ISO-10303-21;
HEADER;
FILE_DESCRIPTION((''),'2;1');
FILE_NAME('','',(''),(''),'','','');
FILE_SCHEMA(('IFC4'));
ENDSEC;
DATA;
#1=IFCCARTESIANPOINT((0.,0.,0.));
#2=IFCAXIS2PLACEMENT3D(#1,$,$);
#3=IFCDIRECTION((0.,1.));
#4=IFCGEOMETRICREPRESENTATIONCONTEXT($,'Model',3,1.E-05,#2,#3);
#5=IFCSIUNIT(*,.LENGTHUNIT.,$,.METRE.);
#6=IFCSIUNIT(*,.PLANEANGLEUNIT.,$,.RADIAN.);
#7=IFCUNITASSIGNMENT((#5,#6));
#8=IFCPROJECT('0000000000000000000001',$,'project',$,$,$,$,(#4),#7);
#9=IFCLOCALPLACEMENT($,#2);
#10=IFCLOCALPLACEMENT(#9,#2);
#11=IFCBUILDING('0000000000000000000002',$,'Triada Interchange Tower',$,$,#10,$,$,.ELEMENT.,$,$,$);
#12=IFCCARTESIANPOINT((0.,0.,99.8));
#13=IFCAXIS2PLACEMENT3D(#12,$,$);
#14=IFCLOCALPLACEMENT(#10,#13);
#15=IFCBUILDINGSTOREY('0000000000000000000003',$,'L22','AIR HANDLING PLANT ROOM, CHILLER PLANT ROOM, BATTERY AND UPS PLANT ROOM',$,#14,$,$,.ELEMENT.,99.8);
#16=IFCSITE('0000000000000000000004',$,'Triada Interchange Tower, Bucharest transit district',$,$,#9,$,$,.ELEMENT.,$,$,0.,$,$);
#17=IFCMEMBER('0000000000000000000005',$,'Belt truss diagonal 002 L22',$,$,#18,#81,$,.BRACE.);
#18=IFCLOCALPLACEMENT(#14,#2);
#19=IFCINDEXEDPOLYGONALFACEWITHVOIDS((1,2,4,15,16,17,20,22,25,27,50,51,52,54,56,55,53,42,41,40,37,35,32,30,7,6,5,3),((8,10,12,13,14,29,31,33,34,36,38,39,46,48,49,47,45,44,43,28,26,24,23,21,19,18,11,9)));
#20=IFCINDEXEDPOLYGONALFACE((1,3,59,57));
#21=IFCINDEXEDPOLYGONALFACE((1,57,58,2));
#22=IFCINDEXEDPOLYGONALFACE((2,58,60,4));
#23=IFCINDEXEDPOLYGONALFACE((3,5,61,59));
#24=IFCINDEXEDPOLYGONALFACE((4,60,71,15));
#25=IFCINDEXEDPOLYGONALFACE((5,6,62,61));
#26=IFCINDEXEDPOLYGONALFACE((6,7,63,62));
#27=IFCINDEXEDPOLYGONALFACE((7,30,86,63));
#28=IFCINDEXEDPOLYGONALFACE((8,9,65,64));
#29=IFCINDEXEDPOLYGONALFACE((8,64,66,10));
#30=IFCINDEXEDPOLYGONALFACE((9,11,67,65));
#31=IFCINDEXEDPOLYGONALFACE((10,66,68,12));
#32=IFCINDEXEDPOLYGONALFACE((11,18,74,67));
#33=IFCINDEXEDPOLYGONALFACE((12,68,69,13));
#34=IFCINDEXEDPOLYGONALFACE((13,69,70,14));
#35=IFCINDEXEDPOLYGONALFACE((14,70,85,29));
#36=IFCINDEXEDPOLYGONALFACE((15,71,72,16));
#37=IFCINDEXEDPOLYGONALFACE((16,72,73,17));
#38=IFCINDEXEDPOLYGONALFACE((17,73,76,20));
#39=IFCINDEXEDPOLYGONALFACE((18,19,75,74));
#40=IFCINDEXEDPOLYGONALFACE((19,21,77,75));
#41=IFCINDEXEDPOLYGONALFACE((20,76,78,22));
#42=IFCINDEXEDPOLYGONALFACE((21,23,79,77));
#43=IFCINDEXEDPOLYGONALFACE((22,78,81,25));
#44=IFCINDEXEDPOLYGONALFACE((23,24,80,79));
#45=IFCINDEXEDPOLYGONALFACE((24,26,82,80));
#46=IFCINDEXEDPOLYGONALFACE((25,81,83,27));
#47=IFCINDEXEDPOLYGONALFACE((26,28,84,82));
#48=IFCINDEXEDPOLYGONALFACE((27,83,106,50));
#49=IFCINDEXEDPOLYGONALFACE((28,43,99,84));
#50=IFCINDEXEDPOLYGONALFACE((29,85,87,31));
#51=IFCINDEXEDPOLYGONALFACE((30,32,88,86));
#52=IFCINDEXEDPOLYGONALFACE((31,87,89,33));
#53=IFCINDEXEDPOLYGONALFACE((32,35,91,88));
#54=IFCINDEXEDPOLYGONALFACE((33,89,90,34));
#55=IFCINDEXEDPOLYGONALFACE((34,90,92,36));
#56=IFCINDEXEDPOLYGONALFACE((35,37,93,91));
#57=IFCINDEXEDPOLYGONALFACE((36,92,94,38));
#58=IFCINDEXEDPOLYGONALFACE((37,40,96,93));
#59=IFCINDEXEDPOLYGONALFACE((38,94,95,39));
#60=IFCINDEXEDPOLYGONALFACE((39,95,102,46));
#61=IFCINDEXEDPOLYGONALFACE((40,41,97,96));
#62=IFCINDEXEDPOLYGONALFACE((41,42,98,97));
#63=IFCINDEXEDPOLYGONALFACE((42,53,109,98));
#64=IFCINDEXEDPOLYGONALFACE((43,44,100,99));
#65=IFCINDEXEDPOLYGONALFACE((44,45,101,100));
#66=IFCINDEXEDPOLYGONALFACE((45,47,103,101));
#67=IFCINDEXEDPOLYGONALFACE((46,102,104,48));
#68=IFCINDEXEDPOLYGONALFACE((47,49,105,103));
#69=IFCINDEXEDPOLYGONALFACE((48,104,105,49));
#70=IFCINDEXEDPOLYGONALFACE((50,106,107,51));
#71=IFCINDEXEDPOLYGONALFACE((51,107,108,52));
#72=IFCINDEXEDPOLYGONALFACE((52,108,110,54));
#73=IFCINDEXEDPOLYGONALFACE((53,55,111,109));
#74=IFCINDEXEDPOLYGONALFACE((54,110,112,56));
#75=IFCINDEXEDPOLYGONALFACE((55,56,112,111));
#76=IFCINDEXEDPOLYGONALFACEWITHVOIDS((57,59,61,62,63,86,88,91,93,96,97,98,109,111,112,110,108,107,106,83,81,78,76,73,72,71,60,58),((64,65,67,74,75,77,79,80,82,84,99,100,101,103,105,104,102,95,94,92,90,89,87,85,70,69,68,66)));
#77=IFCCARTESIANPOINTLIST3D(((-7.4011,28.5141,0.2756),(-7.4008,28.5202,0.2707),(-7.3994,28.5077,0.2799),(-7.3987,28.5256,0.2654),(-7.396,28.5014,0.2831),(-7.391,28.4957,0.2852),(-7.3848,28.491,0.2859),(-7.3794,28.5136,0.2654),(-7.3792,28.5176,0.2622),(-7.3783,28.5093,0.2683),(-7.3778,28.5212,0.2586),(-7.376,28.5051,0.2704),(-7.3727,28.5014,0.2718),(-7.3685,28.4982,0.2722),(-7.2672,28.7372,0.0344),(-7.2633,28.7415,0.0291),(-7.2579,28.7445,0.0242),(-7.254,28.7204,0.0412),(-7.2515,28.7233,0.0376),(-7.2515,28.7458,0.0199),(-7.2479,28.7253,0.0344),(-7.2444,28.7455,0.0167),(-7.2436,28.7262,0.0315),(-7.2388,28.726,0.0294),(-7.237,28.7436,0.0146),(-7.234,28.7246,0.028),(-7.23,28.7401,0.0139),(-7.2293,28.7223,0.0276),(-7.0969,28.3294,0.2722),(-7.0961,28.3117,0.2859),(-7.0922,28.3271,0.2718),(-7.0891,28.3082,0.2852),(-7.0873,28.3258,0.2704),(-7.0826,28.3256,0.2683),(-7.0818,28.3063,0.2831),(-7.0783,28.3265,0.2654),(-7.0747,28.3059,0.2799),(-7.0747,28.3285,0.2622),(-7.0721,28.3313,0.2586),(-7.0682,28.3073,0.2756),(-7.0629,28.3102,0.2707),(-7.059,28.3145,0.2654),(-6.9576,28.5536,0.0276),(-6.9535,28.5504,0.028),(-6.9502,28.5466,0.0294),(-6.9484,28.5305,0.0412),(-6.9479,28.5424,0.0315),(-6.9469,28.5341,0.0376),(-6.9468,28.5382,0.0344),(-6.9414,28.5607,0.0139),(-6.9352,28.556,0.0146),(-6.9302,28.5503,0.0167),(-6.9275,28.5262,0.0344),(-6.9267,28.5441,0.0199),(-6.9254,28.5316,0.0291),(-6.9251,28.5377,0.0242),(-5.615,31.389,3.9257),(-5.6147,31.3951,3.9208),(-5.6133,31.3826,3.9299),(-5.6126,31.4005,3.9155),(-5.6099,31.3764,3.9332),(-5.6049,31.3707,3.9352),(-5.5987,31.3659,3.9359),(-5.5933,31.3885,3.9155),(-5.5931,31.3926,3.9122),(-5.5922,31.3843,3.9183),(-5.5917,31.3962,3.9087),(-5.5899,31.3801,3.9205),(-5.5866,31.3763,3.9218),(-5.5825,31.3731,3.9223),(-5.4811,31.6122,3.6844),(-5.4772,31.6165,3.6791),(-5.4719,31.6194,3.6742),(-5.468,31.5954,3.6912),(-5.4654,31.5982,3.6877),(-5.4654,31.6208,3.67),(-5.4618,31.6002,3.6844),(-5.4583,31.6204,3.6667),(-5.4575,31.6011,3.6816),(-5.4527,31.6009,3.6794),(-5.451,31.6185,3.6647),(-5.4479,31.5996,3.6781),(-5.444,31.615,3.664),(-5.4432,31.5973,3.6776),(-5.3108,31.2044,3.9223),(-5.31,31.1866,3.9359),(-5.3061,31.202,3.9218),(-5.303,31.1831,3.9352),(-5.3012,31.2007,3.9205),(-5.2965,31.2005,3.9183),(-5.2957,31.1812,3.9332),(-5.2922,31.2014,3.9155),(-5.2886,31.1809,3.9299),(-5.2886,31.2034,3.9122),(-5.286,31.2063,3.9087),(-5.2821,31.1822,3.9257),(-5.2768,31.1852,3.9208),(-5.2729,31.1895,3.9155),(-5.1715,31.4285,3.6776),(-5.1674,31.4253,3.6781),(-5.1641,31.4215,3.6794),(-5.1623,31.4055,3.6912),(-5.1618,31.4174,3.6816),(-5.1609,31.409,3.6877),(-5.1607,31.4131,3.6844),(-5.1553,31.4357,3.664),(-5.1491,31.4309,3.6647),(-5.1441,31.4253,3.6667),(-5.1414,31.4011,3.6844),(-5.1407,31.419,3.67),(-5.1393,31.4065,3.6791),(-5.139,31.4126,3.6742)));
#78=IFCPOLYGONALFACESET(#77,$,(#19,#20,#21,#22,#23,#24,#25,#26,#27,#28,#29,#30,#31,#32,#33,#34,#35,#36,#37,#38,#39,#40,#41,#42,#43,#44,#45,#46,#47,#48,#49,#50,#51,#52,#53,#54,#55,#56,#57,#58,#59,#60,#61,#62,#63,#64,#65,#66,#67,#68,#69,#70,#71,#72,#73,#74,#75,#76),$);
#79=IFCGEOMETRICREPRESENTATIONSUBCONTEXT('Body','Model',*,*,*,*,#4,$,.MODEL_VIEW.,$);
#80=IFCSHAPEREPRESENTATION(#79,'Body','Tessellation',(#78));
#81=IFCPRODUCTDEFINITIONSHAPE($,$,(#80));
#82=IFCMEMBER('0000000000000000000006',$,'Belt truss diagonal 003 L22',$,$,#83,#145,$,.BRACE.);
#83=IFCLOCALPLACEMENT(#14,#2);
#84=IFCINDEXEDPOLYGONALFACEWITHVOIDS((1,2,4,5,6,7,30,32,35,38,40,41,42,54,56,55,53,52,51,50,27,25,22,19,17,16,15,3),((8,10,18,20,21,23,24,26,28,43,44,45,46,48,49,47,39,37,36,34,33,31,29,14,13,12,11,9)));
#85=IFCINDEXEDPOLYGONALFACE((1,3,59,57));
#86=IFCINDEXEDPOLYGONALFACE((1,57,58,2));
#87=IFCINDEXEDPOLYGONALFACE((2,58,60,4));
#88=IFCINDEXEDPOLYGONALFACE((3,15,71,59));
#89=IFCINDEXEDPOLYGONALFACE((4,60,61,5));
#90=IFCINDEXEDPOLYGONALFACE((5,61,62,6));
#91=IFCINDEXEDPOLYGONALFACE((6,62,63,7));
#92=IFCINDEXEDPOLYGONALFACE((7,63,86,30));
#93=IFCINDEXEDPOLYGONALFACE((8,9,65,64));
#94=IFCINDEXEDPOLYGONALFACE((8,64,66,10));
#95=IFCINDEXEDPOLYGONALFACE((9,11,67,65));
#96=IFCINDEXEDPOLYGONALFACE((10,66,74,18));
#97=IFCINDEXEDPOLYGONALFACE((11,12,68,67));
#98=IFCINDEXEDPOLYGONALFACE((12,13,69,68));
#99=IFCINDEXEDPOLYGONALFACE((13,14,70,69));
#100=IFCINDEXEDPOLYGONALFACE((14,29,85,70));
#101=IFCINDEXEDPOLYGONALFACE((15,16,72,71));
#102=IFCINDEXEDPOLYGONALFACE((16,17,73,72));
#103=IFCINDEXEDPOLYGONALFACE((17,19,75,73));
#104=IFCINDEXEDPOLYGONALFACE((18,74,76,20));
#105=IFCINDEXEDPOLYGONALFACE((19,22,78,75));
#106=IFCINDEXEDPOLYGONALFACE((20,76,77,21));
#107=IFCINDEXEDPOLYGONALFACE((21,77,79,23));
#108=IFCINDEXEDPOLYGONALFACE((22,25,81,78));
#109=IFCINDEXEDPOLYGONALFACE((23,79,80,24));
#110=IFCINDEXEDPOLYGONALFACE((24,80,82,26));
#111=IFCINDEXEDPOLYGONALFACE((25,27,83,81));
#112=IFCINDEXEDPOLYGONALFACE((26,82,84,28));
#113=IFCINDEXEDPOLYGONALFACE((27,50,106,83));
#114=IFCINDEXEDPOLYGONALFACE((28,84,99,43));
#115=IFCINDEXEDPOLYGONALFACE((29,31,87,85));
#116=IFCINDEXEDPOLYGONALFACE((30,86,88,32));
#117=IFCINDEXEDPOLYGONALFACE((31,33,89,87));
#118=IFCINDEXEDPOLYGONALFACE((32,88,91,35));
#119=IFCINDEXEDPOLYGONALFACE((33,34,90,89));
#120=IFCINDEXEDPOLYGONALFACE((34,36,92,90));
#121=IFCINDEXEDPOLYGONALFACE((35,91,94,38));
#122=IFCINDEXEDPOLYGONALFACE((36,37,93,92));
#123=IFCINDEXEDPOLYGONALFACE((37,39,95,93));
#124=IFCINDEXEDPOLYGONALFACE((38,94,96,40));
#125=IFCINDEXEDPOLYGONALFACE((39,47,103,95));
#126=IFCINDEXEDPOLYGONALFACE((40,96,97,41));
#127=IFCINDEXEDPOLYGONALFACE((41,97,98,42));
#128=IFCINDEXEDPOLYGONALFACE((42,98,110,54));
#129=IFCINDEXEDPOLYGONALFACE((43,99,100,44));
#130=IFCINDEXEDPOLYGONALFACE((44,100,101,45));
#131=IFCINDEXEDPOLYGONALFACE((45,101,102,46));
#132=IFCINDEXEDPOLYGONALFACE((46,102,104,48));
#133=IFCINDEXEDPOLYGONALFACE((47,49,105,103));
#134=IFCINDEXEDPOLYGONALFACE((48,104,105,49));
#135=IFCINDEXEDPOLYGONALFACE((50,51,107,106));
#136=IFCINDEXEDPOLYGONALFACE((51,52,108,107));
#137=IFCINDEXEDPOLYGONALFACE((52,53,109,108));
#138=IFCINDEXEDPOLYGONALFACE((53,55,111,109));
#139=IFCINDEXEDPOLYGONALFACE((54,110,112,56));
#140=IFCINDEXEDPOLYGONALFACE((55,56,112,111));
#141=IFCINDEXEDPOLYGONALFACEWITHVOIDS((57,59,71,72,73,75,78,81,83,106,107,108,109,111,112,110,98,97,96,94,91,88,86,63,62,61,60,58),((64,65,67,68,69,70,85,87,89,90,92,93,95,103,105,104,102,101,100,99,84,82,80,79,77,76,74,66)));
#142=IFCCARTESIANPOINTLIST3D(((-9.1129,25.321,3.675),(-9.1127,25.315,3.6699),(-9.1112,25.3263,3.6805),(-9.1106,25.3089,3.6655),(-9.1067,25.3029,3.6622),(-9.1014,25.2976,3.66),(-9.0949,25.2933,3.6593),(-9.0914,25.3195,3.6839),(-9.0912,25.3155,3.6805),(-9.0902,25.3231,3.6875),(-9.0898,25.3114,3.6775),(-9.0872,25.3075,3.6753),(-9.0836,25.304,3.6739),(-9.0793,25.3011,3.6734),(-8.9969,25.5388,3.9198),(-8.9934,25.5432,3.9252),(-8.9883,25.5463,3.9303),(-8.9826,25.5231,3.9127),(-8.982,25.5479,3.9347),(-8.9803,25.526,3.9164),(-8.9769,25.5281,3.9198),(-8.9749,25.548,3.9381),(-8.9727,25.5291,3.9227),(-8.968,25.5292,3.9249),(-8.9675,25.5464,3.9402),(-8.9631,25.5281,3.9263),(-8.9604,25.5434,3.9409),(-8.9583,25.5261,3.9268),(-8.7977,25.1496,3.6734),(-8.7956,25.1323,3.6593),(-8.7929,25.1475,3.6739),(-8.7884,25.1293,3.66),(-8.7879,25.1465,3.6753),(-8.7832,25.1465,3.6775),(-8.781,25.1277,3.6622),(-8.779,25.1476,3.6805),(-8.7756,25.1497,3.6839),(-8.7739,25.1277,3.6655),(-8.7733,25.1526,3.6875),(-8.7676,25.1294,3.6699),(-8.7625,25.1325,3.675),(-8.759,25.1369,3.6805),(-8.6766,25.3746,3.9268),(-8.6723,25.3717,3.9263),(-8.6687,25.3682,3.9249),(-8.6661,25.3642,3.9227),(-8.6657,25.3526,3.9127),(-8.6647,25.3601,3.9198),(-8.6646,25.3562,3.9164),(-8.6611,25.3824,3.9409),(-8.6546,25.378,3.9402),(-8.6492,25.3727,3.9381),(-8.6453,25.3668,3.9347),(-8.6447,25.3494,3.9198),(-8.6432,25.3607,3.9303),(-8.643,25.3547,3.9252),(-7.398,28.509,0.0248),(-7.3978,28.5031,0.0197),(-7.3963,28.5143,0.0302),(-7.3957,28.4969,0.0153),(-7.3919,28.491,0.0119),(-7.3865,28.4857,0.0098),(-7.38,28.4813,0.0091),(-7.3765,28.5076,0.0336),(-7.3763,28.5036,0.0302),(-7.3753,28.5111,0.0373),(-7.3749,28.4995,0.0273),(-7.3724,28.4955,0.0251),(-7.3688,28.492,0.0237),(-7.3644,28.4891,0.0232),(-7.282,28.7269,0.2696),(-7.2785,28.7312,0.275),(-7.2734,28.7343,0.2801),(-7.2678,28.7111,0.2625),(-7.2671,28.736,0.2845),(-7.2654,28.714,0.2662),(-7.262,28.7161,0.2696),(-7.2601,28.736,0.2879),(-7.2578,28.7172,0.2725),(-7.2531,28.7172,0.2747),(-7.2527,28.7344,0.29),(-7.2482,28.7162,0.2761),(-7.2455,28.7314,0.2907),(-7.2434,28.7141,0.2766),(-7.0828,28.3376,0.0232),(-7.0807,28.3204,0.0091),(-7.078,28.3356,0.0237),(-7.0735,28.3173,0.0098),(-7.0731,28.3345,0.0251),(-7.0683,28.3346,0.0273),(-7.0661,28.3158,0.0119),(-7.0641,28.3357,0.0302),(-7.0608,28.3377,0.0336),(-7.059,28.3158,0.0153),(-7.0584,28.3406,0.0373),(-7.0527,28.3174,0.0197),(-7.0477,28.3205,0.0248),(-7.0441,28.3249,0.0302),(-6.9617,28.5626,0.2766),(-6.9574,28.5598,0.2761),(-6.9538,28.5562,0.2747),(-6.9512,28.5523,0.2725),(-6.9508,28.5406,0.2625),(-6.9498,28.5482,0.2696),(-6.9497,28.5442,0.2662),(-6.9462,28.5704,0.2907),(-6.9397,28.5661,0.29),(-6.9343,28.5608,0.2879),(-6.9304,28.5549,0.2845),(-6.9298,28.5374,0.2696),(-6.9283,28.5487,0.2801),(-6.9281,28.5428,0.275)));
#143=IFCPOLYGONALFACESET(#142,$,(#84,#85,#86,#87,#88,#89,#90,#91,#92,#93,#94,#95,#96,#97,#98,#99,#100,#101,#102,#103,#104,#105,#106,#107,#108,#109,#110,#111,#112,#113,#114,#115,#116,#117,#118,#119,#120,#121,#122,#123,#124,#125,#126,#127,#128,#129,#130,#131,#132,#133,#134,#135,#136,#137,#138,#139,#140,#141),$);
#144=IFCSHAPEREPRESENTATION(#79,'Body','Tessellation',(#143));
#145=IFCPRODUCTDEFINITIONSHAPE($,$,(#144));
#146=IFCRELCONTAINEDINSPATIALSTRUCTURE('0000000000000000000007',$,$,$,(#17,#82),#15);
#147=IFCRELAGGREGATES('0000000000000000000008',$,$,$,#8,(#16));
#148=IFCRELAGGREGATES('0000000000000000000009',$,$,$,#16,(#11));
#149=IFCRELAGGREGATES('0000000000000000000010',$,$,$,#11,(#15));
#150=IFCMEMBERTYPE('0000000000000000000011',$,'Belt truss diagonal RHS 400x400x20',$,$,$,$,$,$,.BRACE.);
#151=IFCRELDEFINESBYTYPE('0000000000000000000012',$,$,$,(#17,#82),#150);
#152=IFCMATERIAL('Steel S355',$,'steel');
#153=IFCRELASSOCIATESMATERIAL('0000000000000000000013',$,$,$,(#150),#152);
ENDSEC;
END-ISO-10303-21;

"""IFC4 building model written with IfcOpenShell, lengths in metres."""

from ifc_helpers import new_model, si_unit, direction, frame, origin, origin_2d, place, context, subcontext, project, spatial, hollow_rectangle, extrude, material, material_profile, profile_set, type_object, element, save


model = new_model("IFC4")

# Units and contexts
model_context = context("Model", 3, precision=1e-05, world=origin(), true_north=direction((0.0, 1.0)))
body_context = subcontext(model_context, "Body", "Model", "MODEL_VIEW")
ifc_project = project(units=[si_unit("LENGTHUNIT", "METRE"), si_unit("PLANEANGLEUNIT", "RADIAN")], contexts=[model_context])

# Site, building, storey
site_placement = place(None, origin())
site = spatial("IfcSite", under=ifc_project, at=site_placement, Name="Triada Interchange Tower, Bucharest transit district", CompositionType="ELEMENT", RefElevation=0.0)
building_placement = place(site_placement, origin())
building = spatial("IfcBuilding", under=site, at=building_placement, Name="Triada Interchange Tower", CompositionType="ELEMENT")
storey_placement = place(building_placement, frame((0.0, 0.0, 99.8)))
storey = spatial("IfcBuildingStorey", under=building, at=storey_placement, Name="L22", Description="AIR HANDLING PLANT ROOM, CHILLER PLANT ROOM, BATTERY AND UPS PLANT ROOM", CompositionType="ELEMENT", Elevation=99.8)

# Members
ifc_material_1 = material(Name="Steel S355", Category="steel")
ifc_material_profile_1 = material_profile(ifc_material_1, hollow_rectangle(XDim=0.3999, YDim=0.3999, WallThickness=0.02, InnerFilletRadius=0.02, OuterFilletRadius=0.03, at=origin_2d()), Name="RHS 400x400x20")
ifc_profile_set_1 = profile_set([ifc_material_profile_1], Name="Steel S355")
member_type = type_object("IfcMemberType", Name="Belt truss diagonal RHS 400x400x20", PredefinedType="BRACE", material=ifc_profile_set_1)
member_1_placement = place(storey_placement, frame((-7.1631, 28.5259, 0.1499), z_axis=(0.358813, 0.577553, 0.733271), x_axis=(-0.849422, 0.527715, 0.0)))
element("IfcMember", 1, at=member_1_placement, inside=storey, type_object=member_type, Name="Belt truss diagonal 002 L22", PredefinedType="BRACE", context=body_context, shape_type="SweptSolid", body=[
    extrude(hollow_rectangle(XDim=0.3999, YDim=0.3999, WallThickness=0.02, InnerFilletRadius=0.02, OuterFilletRadius=0.03, at=origin_2d()), origin(), (0.0, 0.0, 1.0), 4.9778),
])
member_2_placement = place(storey_placement, frame((-7.1631, 28.5259, 0.1499), z_axis=(-0.333577, -0.620138, 0.710039), x_axis=(0.880675, -0.473722, 0.0)))
element("IfcMember", 2, at=member_2_placement, inside=storey, type_object=member_type, Name="Belt truss diagonal 003 L22", PredefinedType="BRACE", context=body_context, shape_type="SweptSolid", body=[
    extrude(hollow_rectangle(XDim=0.3999, YDim=0.3999, WallThickness=0.02, InnerFilletRadius=0.02, OuterFilletRadius=0.03, at=origin_2d()), origin(), (0.0, 0.0, 1.0), 5.1409),
])

save(model, "model.ifc")
